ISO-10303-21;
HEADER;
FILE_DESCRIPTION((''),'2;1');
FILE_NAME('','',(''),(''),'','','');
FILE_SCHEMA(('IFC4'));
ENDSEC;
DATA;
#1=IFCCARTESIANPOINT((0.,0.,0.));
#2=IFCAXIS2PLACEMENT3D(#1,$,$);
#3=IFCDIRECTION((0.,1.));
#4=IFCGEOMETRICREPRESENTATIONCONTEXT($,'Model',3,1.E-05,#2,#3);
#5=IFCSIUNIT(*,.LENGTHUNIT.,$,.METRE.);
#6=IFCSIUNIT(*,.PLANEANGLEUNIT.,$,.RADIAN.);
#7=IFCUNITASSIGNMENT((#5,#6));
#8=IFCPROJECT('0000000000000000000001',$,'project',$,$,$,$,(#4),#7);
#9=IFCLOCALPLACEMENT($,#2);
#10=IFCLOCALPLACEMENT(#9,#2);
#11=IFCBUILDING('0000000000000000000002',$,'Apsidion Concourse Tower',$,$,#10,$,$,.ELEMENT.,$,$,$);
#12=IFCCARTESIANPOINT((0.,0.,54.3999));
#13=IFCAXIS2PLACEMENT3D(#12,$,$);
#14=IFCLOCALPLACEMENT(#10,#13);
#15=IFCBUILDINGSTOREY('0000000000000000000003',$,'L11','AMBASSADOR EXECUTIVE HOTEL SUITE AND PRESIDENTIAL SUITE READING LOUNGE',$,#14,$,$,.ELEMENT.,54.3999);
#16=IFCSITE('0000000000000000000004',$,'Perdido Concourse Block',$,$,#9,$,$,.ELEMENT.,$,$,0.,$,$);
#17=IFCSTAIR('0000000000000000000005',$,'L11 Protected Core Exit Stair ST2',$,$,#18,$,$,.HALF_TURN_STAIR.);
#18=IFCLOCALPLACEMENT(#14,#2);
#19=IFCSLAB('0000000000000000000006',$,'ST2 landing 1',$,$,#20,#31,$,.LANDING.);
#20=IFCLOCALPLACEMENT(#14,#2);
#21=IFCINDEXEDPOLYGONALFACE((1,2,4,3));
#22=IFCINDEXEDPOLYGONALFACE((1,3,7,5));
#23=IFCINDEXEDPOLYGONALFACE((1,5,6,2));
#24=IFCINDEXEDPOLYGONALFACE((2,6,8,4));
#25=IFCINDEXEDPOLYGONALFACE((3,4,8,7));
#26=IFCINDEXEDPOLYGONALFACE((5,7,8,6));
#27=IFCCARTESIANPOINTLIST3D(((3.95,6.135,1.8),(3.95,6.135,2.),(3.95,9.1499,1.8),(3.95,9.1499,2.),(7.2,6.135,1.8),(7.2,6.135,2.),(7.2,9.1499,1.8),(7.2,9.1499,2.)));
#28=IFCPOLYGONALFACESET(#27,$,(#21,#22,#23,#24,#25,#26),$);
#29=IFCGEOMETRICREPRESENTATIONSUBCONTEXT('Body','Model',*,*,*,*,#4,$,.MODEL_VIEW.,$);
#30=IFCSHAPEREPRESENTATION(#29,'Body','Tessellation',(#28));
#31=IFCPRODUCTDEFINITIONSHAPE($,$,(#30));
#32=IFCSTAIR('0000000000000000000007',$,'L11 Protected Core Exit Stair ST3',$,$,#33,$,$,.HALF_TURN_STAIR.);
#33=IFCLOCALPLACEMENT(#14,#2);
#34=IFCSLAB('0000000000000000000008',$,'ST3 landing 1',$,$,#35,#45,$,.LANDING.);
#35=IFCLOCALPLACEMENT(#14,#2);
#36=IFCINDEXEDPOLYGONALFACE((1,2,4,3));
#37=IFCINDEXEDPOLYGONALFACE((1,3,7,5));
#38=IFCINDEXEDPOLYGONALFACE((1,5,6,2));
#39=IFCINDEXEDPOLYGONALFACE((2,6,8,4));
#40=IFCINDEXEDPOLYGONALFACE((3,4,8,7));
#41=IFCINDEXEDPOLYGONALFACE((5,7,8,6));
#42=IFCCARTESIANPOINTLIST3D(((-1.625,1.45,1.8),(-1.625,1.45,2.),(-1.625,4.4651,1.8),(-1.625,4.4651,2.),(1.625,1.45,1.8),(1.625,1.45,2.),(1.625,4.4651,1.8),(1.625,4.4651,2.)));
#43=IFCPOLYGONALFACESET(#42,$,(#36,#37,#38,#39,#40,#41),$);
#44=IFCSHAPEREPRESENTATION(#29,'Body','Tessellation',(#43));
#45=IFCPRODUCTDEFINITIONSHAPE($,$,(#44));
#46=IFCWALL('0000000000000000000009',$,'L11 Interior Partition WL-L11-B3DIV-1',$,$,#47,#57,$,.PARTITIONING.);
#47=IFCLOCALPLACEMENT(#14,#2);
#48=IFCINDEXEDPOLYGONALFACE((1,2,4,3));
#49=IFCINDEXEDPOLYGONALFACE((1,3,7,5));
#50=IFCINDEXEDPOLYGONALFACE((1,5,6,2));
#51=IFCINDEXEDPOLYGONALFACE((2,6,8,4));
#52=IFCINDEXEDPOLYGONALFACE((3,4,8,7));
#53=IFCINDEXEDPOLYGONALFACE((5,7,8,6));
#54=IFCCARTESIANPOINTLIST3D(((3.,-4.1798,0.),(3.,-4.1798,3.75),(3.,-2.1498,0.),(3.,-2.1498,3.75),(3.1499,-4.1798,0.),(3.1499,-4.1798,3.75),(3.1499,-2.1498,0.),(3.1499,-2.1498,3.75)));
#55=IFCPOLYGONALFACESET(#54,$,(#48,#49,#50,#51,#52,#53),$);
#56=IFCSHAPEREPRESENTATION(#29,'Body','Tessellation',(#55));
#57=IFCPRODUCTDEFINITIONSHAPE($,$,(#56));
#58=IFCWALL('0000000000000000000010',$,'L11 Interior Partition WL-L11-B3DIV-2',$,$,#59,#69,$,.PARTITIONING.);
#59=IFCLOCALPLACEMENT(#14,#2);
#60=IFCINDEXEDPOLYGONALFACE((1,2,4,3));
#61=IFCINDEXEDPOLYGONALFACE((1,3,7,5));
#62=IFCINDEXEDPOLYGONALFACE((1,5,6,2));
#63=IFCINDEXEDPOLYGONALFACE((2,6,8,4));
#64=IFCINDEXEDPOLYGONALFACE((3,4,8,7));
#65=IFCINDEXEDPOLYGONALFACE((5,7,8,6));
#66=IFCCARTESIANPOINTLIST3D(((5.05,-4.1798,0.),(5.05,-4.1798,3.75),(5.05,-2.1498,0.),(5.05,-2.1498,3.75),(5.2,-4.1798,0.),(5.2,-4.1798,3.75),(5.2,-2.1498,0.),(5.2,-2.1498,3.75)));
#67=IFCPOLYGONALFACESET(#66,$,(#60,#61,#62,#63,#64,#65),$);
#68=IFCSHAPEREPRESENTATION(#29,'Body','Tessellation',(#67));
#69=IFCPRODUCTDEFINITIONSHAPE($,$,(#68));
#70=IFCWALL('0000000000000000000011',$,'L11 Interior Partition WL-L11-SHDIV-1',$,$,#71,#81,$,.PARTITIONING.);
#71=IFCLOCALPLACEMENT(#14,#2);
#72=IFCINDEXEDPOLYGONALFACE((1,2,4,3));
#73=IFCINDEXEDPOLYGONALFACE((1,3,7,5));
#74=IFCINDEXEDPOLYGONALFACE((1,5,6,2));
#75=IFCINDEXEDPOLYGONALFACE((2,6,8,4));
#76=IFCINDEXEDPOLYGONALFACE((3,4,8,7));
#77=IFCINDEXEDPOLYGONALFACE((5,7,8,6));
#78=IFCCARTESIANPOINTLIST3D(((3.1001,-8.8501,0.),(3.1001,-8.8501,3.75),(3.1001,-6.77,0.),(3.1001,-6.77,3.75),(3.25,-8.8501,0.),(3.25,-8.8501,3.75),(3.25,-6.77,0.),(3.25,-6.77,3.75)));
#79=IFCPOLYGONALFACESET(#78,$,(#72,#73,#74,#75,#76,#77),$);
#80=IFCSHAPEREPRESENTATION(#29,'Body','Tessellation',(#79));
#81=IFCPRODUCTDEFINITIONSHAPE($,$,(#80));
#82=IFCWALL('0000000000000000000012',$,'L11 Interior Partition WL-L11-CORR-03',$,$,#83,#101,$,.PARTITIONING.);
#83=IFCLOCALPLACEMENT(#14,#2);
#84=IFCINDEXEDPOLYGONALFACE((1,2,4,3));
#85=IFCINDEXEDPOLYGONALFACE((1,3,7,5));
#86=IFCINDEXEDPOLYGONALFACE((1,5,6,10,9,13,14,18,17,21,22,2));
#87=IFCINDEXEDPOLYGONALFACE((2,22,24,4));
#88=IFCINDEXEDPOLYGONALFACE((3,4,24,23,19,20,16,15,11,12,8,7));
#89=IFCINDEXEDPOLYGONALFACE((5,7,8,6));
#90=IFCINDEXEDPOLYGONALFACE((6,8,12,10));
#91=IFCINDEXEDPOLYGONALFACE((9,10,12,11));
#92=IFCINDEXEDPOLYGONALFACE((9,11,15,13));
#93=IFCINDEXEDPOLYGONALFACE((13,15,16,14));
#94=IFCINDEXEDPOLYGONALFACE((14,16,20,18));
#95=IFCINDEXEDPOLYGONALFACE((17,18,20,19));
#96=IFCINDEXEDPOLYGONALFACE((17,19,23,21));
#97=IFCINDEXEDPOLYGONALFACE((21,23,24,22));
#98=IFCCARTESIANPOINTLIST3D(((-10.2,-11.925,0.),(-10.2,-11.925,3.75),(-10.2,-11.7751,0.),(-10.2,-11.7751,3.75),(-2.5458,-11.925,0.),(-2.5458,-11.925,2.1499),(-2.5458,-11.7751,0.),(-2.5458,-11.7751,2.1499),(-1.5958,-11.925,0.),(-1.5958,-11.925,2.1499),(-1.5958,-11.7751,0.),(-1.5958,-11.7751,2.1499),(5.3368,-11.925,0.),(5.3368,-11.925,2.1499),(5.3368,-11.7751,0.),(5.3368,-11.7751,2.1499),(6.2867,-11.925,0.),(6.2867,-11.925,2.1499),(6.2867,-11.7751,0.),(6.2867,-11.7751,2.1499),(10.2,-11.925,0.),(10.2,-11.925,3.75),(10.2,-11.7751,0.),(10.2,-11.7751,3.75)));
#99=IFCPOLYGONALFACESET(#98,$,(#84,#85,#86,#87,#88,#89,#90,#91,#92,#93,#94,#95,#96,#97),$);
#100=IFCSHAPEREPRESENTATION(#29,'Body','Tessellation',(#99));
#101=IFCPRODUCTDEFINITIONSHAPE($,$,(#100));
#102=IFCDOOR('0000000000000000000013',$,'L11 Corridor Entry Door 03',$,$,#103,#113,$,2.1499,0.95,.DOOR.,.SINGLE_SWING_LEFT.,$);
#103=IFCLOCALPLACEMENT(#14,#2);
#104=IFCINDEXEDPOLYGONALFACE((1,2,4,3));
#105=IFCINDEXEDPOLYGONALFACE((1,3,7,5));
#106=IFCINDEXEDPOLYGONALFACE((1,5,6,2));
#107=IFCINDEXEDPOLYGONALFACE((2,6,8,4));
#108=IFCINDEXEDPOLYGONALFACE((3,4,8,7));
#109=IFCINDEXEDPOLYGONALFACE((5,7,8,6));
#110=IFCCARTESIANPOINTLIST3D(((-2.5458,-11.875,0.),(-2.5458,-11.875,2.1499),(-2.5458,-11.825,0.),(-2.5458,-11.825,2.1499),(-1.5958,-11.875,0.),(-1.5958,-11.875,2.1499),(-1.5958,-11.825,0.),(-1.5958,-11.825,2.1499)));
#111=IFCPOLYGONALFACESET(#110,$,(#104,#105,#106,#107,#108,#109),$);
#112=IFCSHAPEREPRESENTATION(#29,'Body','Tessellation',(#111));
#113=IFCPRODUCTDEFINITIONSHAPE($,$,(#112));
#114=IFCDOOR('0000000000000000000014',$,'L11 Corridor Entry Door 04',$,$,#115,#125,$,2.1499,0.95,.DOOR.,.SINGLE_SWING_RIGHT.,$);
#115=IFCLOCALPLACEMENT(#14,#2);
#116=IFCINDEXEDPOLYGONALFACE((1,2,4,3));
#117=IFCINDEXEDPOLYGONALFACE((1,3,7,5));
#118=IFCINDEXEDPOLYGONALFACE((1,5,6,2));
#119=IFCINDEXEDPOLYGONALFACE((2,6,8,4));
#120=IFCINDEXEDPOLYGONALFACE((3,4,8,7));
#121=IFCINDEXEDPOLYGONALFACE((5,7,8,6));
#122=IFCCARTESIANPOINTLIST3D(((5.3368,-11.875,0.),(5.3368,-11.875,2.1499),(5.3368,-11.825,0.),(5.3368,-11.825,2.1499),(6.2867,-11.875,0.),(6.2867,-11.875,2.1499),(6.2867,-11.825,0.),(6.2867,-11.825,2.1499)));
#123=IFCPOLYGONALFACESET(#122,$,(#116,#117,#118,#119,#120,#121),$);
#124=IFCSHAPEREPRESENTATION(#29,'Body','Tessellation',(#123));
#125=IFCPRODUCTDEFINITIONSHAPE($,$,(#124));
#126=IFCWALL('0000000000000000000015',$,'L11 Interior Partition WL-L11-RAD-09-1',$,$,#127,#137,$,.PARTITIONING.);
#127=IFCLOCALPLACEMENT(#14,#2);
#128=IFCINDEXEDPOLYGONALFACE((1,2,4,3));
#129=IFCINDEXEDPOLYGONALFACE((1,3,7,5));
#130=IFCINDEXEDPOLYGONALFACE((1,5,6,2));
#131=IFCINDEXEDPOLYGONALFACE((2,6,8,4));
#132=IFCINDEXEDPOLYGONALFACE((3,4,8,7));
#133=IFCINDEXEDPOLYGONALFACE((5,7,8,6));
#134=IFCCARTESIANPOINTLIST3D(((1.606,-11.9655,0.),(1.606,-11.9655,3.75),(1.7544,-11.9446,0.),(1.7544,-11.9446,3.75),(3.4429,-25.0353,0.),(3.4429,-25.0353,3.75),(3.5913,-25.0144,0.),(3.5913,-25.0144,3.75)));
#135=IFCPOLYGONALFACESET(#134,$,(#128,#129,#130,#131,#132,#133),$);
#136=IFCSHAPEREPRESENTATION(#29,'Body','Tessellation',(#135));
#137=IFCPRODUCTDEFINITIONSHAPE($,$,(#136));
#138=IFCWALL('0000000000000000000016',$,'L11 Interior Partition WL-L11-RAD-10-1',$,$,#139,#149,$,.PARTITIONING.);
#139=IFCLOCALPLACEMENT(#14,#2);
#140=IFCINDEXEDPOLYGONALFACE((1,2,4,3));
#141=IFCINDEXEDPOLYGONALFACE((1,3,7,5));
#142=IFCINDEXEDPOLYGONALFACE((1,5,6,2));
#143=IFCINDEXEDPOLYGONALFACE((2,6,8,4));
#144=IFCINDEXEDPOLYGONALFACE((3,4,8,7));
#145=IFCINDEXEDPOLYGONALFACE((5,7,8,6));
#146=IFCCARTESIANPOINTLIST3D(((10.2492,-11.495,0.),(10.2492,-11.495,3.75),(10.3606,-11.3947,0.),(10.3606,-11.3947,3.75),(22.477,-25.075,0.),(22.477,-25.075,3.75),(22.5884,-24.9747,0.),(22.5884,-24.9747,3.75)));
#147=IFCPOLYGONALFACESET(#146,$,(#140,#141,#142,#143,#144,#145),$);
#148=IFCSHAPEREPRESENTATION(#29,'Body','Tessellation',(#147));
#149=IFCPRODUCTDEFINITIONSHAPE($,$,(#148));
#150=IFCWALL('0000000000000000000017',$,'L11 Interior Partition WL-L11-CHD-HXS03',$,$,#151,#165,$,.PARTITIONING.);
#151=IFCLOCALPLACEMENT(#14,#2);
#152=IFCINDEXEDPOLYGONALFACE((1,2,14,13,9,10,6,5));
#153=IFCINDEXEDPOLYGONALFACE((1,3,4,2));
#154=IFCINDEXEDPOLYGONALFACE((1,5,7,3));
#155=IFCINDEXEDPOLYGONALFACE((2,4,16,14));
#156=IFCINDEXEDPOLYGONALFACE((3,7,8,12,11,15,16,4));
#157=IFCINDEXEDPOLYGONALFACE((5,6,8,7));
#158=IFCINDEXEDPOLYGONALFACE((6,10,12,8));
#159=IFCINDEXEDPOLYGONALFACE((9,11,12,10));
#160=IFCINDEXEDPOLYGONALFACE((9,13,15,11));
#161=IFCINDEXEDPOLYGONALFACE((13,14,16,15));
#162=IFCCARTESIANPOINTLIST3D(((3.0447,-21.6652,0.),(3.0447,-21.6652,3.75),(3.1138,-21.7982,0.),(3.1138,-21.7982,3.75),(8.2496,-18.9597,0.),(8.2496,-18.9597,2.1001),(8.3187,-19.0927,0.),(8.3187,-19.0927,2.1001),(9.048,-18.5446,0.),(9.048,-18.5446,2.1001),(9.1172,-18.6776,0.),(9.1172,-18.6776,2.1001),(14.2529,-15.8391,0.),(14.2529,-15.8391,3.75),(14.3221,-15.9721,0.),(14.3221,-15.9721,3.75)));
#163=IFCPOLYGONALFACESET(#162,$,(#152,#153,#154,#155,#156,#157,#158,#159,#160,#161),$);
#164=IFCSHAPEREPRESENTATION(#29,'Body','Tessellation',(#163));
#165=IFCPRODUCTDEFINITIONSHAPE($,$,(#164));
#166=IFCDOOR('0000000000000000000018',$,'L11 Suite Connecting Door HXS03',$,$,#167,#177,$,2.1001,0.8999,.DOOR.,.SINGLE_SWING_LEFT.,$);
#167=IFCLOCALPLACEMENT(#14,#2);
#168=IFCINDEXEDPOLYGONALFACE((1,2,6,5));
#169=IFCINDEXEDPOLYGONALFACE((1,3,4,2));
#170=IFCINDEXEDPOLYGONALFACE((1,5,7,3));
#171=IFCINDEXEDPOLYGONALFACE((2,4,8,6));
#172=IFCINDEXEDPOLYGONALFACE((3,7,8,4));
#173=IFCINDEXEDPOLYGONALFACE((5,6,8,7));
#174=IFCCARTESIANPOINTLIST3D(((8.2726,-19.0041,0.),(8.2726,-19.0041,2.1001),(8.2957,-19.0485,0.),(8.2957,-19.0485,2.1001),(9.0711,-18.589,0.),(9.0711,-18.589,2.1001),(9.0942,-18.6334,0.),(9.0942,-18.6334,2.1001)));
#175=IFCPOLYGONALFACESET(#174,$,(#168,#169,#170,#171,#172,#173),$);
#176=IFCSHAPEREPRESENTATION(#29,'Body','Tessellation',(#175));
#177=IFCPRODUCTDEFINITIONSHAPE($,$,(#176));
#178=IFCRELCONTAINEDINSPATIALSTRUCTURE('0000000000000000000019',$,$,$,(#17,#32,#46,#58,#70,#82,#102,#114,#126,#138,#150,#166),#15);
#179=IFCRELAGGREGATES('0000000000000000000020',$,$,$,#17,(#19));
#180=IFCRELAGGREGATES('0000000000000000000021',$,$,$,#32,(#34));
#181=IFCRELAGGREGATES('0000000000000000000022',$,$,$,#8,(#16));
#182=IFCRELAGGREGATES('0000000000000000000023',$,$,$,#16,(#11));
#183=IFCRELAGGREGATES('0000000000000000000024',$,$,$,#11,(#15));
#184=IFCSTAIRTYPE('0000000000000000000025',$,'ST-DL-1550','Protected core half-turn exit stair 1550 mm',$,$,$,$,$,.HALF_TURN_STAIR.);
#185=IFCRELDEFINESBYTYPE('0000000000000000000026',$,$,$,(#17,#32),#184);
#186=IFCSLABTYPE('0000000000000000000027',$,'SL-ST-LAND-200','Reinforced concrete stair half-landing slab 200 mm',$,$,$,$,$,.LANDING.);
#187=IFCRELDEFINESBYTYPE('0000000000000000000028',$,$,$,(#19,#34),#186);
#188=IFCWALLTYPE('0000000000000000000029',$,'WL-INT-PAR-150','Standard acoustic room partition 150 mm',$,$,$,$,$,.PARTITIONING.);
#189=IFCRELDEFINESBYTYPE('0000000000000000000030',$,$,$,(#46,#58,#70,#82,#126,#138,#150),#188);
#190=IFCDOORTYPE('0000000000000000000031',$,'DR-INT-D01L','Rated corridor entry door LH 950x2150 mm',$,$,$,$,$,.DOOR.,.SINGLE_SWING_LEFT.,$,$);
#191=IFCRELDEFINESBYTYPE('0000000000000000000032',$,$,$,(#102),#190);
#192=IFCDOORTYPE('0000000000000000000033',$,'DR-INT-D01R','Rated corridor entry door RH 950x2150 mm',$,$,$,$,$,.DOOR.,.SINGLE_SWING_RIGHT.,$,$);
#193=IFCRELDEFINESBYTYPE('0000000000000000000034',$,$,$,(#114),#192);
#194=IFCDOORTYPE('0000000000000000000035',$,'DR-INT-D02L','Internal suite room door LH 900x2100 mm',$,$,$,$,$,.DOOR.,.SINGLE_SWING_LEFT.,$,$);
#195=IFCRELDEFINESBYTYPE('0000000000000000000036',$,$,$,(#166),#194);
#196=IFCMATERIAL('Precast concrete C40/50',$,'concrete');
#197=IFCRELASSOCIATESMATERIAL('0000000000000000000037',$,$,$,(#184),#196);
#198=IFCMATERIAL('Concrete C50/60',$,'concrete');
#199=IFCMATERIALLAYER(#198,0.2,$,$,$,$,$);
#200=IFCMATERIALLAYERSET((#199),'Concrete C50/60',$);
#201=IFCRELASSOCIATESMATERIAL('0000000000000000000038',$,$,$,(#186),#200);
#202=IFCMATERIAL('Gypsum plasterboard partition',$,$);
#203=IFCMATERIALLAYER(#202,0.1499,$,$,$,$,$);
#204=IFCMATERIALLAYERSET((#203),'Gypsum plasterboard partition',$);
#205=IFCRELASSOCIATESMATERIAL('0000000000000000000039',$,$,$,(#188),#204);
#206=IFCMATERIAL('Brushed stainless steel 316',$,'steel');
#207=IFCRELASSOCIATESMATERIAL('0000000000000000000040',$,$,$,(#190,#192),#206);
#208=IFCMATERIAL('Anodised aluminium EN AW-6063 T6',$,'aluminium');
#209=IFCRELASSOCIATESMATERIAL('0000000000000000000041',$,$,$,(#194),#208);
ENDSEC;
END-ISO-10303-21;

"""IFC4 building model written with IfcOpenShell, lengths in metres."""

from ifc_helpers import new_model, si_unit, direction, frame, frame_2d, origin, place, context, subcontext, project, spatial, polyline, rectangle, outline, extrude, material, layer, layer_set, type_object, element, fill, aggregate, save


model = new_model("IFC4")

# Units and contexts
model_context = context("Model", 3, precision=1e-05, world=origin(), true_north=direction((0.0, 1.0)))
body_context = subcontext(model_context, "Body", "Model", "MODEL_VIEW")
ifc_project = project(units=[si_unit("LENGTHUNIT", "METRE"), si_unit("PLANEANGLEUNIT", "RADIAN")], contexts=[model_context])

# Site, building, storey
site_placement = place(None, origin())
site = spatial("IfcSite", under=ifc_project, at=site_placement, Name="Perdido Concourse Block", CompositionType="ELEMENT", RefElevation=0.0)
building_placement = place(site_placement, origin())
building = spatial("IfcBuilding", under=site, at=building_placement, Name="Apsidion Concourse Tower", CompositionType="ELEMENT")
storey_placement = place(building_placement, frame((0.0, 0.0, 54.3999)))
storey = spatial("IfcBuildingStorey", under=building, at=storey_placement, Name="L11", Description="AMBASSADOR EXECUTIVE HOTEL SUITE AND PRESIDENTIAL SUITE READING LOUNGE", CompositionType="ELEMENT", Elevation=54.3999)

# Shared definitions
ifc_material_1 = material(Name="Concrete C50/60", Category="concrete")

# Stairs, slabs
ifc_material_2 = material(Name="Precast concrete C40/50", Category="concrete")
stair_type = type_object("IfcStairType", Name="ST-DL-1550", Description="Protected core half-turn exit stair 1550 mm", PredefinedType="HALF_TURN_STAIR", material=ifc_material_2)
ifc_layer_1 = layer(ifc_material_1, 0.2)
ifc_layer_set_1 = layer_set([ifc_layer_1], Name="Concrete C50/60")
slab_type_1 = type_object("IfcSlabType", Name="SL-ST-LAND-200", Description="Reinforced concrete stair half-landing slab 200 mm", PredefinedType="LANDING", material=ifc_layer_set_1)
stair_1_placement = place(storey_placement, origin())
stair_1 = element("IfcStair", 1, at=stair_1_placement, inside=storey, type_object=stair_type, Name="L11 Protected Core Exit Stair ST2", PredefinedType="HALF_TURN_STAIR")
slab_1_placement = place(storey_placement, frame((0.0, 0.0, 1.8)))
slab_1 = element("IfcSlab", 2, at=slab_1_placement, type_object=slab_type_1, Name="ST2 landing 1", PredefinedType="LANDING", context=body_context, shape_type="SweptSolid", body=[
    extrude(outline(polyline([(7.2, 6.135), (7.2, 9.1499), (3.95, 9.1499), (3.95, 6.135), (7.2, 6.135)])), origin(), (0.0, 0.0, 1.0), 0.2),
])
aggregate(stair_1, [slab_1])
stair_2_placement = place(storey_placement, origin())
stair_2 = element("IfcStair", 3, at=stair_2_placement, inside=storey, type_object=stair_type, Name="L11 Protected Core Exit Stair ST3", PredefinedType="HALF_TURN_STAIR")
slab_2_placement = place(storey_placement, frame((0.0, 0.0, 1.8)))
slab_2 = element("IfcSlab", 4, at=slab_2_placement, type_object=slab_type_1, Name="ST3 landing 1", PredefinedType="LANDING", context=body_context, shape_type="SweptSolid", body=[
    extrude(outline(polyline([(-1.625, 4.4651), (-1.625, 1.45), (1.625, 1.45), (1.625, 4.4651), (-1.625, 4.4651)])), origin(), (0.0, 0.0, 1.0), 0.2),
])
aggregate(stair_2, [slab_2])

# Walls
ifc_material_3 = material(Name="Gypsum plasterboard partition")
ifc_layer_2 = layer(ifc_material_3, 0.1499)
ifc_layer_set_2 = layer_set([ifc_layer_2], Name="Gypsum plasterboard partition")
wall_type_1 = type_object("IfcWallType", Name="WL-INT-PAR-150", Description="Standard acoustic room partition 150 mm", PredefinedType="PARTITIONING", material=ifc_layer_set_2)
for number, where, z_axis, x_axis, name in (
    (5, (3.075, -4.1799, 0.0), (0.0, 0.0, 1.0), (0.0, 1.0, 0.0), "L11 Interior Partition WL-L11-B3DIV-1"),
    (6, (5.125, -4.1799, 0.0), (0.0, 0.0, 1.0), (0.0, 1.0, 0.0), "L11 Interior Partition WL-L11-B3DIV-2"),
):
    element("IfcWall", number, at=place(storey_placement, frame(where, z_axis=z_axis, x_axis=x_axis)), inside=storey, type_object=wall_type_1, Name=name, PredefinedType="PARTITIONING", context=body_context, shape_type="SweptSolid", body=[
        extrude(rectangle(XDim=2.03, YDim=0.1499, at=frame_2d((1.0151, 0.0))), origin(), (0.0, 0.0, 1.0), 3.75),
    ])
wall_1_placement = place(storey_placement, frame((3.175, -8.8501, 0.0), z_axis=(0.0, 0.0, 1.0), x_axis=(0.0, 1.0, 0.0)))
element("IfcWall", 7, at=wall_1_placement, inside=storey, type_object=wall_type_1, Name="L11 Interior Partition WL-L11-SHDIV-1", PredefinedType="PARTITIONING", context=body_context, shape_type="SweptSolid", body=[
    extrude(rectangle(XDim=2.0801, YDim=0.1499, at=frame_2d((1.04, 0.0))), origin(), (0.0, 0.0, 1.0), 3.75),
])

# Wall, openings, doors
wall_2_placement = place(storey_placement, frame((10.2, -11.8501, 0.0), z_axis=(0.0, 0.0, 1.0), x_axis=(-1.0, 0.0, 0.0)))
wall_2 = element("IfcWall", 8, at=wall_2_placement, inside=storey, type_object=wall_type_1, Name="L11 Interior Partition WL-L11-CORR-03", PredefinedType="PARTITIONING", context=body_context, shape_type="SweptSolid", body=[
    extrude(rectangle(XDim=20.3999, YDim=0.1499, at=frame_2d((10.2, 0.0))), origin(), (0.0, 0.0, 1.0), 3.75),
])
opening_1_placement = place(wall_2_placement, frame((11.7957, 0.0, 0.0)))
opening_1 = element("IfcOpeningElement", 9, at=opening_1_placement, cuts=wall_2, PredefinedType="OPENING", context=body_context, shape_type="SweptSolid", body=[
    extrude(rectangle(XDim=0.95, YDim=2.1499, at=frame_2d((0.4751, 1.075))), frame((0.0, 0.085, 0.0), z_axis=(0.0, -1.0, 0.0), x_axis=(1.0, 0.0, 0.0)), (0.0, 0.0, 1.0), 0.1699),
])
opening_2_placement = place(wall_2_placement, frame((3.9131, 0.0, 0.0)))
opening_2 = element("IfcOpeningElement", 10, at=opening_2_placement, cuts=wall_2, PredefinedType="OPENING", context=body_context, shape_type="SweptSolid", body=[
    extrude(rectangle(XDim=0.95, YDim=2.1499, at=frame_2d((0.4751, 1.075))), frame((0.0, 0.085, 0.0), z_axis=(0.0, -1.0, 0.0), x_axis=(1.0, 0.0, 0.0)), (0.0, 0.0, 1.0), 0.1699),
])
ifc_material_4 = material(Name="Brushed stainless steel 316", Category="steel")
door_type_1 = type_object("IfcDoorType", Name="DR-INT-D01L", Description="Rated corridor entry door LH 950x2150 mm", OperationType="SINGLE_SWING_LEFT", PredefinedType="DOOR", material=ifc_material_4)
door_1_placement = place(opening_1_placement, origin())
door_1 = element("IfcDoor", 11, at=door_1_placement, inside=storey, type_object=door_type_1, Name="L11 Corridor Entry Door 03", OperationType="SINGLE_SWING_LEFT", OverallHeight=2.1499, OverallWidth=0.95, PredefinedType="DOOR", context=body_context, shape_type="SweptSolid", body=[
    extrude(rectangle(XDim=0.95, YDim=2.1499, at=frame_2d((0.4751, 1.075))), frame((0.0, 0.0249, 0.0), z_axis=(0.0, -1.0, 0.0), x_axis=(1.0, 0.0, 0.0)), (0.0, 0.0, 1.0), 0.05),
])
fill(opening_1, door_1)
door_type_2 = type_object("IfcDoorType", Name="DR-INT-D01R", Description="Rated corridor entry door RH 950x2150 mm", OperationType="SINGLE_SWING_RIGHT", PredefinedType="DOOR", material=ifc_material_4)
door_2_placement = place(opening_2_placement, origin())
door_2 = element("IfcDoor", 12, at=door_2_placement, inside=storey, type_object=door_type_2, Name="L11 Corridor Entry Door 04", OperationType="SINGLE_SWING_RIGHT", OverallHeight=2.1499, OverallWidth=0.95, PredefinedType="DOOR", context=body_context, shape_type="SweptSolid", body=[
    extrude(rectangle(XDim=0.95, YDim=2.1499, at=frame_2d((0.4751, 1.075))), frame((0.0, 0.0249, 0.0), z_axis=(0.0, -1.0, 0.0), x_axis=(1.0, 0.0, 0.0)), (0.0, 0.0, 1.0), 0.05),
])
fill(opening_2, door_2)

# Walls
wall_3_placement = place(storey_placement, frame((1.6802, -11.9551, 0.0), z_axis=(0.0, 0.0, 1.0), x_axis=(0.139178, -0.990267, 0.0)))
element("IfcWall", 13, at=wall_3_placement, inside=storey, type_object=wall_type_1, Name="L11 Interior Partition WL-L11-RAD-09-1", PredefinedType="PARTITIONING", context=body_context, shape_type="SweptSolid", body=[
    extrude(rectangle(XDim=13.1982, YDim=0.1499, at=frame_2d((6.5991, 0.0))), origin(), (0.0, 0.0, 1.0), 3.75),
])
wall_4_placement = place(storey_placement, frame((10.3049, -11.4448, 0.0), z_axis=(0.0, 0.0, 1.0), x_axis=(0.669137, -0.743139, 0.0)))
element("IfcWall", 14, at=wall_4_placement, inside=storey, type_object=wall_type_1, Name="L11 Interior Partition WL-L11-RAD-10-1", PredefinedType="PARTITIONING", context=body_context, shape_type="SweptSolid", body=[
    extrude(rectangle(XDim=18.2739, YDim=0.1499, at=frame_2d((9.137, 0.0))), origin(), (0.0, 0.0, 1.0), 3.75),
])

# Wall, opening, door
wall_5_placement = place(storey_placement, frame((3.0793, -21.7317, 0.0), z_axis=(0.0, 0.0, 1.0), x_axis=(0.887285, 0.461221, 0.0)))
wall_5 = element("IfcWall", 15, at=wall_5_placement, inside=storey, type_object=wall_type_1, Name="L11 Interior Partition WL-L11-CHD-HXS03", PredefinedType="PARTITIONING", context=body_context, shape_type="SweptSolid", body=[
    extrude(rectangle(XDim=12.6321, YDim=0.1499, at=frame_2d((6.3159, 0.0))), origin(), (0.0, 0.0, 1.0), 3.75),
])
opening_3_placement = place(wall_5_placement, frame((5.866, 0.0, 0.0)))
opening_3 = element("IfcOpeningElement", 16, at=opening_3_placement, cuts=wall_5, PredefinedType="OPENING", context=body_context, shape_type="SweptSolid", body=[
    extrude(rectangle(XDim=0.8999, YDim=2.1001, at=frame_2d((0.45, 1.05))), frame((0.0, 0.085, 0.0), z_axis=(0.0, -1.0, 0.0), x_axis=(1.0, 0.0, 0.0)), (0.0, 0.0, 1.0), 0.1699),
])
ifc_material_5 = material(Name="Anodised aluminium EN AW-6063 T6", Category="aluminium")
door_type_3 = type_object("IfcDoorType", Name="DR-INT-D02L", Description="Internal suite room door LH 900x2100 mm", OperationType="SINGLE_SWING_LEFT", PredefinedType="DOOR", material=ifc_material_5)
door_3_placement = place(opening_3_placement, origin())
door_3 = element("IfcDoor", 17, at=door_3_placement, inside=storey, type_object=door_type_3, Name="L11 Suite Connecting Door HXS03", OperationType="SINGLE_SWING_LEFT", OverallHeight=2.1001, OverallWidth=0.8999, PredefinedType="DOOR", context=body_context, shape_type="SweptSolid", body=[
    extrude(rectangle(XDim=0.8999, YDim=2.1001, at=frame_2d((0.45, 1.05))), frame((0.0, 0.0249, 0.0), z_axis=(0.0, -1.0, 0.0), x_axis=(1.0, 0.0, 0.0)), (0.0, 0.0, 1.0), 0.05),
])
fill(opening_3, door_3)

save(model, "model.ifc")
